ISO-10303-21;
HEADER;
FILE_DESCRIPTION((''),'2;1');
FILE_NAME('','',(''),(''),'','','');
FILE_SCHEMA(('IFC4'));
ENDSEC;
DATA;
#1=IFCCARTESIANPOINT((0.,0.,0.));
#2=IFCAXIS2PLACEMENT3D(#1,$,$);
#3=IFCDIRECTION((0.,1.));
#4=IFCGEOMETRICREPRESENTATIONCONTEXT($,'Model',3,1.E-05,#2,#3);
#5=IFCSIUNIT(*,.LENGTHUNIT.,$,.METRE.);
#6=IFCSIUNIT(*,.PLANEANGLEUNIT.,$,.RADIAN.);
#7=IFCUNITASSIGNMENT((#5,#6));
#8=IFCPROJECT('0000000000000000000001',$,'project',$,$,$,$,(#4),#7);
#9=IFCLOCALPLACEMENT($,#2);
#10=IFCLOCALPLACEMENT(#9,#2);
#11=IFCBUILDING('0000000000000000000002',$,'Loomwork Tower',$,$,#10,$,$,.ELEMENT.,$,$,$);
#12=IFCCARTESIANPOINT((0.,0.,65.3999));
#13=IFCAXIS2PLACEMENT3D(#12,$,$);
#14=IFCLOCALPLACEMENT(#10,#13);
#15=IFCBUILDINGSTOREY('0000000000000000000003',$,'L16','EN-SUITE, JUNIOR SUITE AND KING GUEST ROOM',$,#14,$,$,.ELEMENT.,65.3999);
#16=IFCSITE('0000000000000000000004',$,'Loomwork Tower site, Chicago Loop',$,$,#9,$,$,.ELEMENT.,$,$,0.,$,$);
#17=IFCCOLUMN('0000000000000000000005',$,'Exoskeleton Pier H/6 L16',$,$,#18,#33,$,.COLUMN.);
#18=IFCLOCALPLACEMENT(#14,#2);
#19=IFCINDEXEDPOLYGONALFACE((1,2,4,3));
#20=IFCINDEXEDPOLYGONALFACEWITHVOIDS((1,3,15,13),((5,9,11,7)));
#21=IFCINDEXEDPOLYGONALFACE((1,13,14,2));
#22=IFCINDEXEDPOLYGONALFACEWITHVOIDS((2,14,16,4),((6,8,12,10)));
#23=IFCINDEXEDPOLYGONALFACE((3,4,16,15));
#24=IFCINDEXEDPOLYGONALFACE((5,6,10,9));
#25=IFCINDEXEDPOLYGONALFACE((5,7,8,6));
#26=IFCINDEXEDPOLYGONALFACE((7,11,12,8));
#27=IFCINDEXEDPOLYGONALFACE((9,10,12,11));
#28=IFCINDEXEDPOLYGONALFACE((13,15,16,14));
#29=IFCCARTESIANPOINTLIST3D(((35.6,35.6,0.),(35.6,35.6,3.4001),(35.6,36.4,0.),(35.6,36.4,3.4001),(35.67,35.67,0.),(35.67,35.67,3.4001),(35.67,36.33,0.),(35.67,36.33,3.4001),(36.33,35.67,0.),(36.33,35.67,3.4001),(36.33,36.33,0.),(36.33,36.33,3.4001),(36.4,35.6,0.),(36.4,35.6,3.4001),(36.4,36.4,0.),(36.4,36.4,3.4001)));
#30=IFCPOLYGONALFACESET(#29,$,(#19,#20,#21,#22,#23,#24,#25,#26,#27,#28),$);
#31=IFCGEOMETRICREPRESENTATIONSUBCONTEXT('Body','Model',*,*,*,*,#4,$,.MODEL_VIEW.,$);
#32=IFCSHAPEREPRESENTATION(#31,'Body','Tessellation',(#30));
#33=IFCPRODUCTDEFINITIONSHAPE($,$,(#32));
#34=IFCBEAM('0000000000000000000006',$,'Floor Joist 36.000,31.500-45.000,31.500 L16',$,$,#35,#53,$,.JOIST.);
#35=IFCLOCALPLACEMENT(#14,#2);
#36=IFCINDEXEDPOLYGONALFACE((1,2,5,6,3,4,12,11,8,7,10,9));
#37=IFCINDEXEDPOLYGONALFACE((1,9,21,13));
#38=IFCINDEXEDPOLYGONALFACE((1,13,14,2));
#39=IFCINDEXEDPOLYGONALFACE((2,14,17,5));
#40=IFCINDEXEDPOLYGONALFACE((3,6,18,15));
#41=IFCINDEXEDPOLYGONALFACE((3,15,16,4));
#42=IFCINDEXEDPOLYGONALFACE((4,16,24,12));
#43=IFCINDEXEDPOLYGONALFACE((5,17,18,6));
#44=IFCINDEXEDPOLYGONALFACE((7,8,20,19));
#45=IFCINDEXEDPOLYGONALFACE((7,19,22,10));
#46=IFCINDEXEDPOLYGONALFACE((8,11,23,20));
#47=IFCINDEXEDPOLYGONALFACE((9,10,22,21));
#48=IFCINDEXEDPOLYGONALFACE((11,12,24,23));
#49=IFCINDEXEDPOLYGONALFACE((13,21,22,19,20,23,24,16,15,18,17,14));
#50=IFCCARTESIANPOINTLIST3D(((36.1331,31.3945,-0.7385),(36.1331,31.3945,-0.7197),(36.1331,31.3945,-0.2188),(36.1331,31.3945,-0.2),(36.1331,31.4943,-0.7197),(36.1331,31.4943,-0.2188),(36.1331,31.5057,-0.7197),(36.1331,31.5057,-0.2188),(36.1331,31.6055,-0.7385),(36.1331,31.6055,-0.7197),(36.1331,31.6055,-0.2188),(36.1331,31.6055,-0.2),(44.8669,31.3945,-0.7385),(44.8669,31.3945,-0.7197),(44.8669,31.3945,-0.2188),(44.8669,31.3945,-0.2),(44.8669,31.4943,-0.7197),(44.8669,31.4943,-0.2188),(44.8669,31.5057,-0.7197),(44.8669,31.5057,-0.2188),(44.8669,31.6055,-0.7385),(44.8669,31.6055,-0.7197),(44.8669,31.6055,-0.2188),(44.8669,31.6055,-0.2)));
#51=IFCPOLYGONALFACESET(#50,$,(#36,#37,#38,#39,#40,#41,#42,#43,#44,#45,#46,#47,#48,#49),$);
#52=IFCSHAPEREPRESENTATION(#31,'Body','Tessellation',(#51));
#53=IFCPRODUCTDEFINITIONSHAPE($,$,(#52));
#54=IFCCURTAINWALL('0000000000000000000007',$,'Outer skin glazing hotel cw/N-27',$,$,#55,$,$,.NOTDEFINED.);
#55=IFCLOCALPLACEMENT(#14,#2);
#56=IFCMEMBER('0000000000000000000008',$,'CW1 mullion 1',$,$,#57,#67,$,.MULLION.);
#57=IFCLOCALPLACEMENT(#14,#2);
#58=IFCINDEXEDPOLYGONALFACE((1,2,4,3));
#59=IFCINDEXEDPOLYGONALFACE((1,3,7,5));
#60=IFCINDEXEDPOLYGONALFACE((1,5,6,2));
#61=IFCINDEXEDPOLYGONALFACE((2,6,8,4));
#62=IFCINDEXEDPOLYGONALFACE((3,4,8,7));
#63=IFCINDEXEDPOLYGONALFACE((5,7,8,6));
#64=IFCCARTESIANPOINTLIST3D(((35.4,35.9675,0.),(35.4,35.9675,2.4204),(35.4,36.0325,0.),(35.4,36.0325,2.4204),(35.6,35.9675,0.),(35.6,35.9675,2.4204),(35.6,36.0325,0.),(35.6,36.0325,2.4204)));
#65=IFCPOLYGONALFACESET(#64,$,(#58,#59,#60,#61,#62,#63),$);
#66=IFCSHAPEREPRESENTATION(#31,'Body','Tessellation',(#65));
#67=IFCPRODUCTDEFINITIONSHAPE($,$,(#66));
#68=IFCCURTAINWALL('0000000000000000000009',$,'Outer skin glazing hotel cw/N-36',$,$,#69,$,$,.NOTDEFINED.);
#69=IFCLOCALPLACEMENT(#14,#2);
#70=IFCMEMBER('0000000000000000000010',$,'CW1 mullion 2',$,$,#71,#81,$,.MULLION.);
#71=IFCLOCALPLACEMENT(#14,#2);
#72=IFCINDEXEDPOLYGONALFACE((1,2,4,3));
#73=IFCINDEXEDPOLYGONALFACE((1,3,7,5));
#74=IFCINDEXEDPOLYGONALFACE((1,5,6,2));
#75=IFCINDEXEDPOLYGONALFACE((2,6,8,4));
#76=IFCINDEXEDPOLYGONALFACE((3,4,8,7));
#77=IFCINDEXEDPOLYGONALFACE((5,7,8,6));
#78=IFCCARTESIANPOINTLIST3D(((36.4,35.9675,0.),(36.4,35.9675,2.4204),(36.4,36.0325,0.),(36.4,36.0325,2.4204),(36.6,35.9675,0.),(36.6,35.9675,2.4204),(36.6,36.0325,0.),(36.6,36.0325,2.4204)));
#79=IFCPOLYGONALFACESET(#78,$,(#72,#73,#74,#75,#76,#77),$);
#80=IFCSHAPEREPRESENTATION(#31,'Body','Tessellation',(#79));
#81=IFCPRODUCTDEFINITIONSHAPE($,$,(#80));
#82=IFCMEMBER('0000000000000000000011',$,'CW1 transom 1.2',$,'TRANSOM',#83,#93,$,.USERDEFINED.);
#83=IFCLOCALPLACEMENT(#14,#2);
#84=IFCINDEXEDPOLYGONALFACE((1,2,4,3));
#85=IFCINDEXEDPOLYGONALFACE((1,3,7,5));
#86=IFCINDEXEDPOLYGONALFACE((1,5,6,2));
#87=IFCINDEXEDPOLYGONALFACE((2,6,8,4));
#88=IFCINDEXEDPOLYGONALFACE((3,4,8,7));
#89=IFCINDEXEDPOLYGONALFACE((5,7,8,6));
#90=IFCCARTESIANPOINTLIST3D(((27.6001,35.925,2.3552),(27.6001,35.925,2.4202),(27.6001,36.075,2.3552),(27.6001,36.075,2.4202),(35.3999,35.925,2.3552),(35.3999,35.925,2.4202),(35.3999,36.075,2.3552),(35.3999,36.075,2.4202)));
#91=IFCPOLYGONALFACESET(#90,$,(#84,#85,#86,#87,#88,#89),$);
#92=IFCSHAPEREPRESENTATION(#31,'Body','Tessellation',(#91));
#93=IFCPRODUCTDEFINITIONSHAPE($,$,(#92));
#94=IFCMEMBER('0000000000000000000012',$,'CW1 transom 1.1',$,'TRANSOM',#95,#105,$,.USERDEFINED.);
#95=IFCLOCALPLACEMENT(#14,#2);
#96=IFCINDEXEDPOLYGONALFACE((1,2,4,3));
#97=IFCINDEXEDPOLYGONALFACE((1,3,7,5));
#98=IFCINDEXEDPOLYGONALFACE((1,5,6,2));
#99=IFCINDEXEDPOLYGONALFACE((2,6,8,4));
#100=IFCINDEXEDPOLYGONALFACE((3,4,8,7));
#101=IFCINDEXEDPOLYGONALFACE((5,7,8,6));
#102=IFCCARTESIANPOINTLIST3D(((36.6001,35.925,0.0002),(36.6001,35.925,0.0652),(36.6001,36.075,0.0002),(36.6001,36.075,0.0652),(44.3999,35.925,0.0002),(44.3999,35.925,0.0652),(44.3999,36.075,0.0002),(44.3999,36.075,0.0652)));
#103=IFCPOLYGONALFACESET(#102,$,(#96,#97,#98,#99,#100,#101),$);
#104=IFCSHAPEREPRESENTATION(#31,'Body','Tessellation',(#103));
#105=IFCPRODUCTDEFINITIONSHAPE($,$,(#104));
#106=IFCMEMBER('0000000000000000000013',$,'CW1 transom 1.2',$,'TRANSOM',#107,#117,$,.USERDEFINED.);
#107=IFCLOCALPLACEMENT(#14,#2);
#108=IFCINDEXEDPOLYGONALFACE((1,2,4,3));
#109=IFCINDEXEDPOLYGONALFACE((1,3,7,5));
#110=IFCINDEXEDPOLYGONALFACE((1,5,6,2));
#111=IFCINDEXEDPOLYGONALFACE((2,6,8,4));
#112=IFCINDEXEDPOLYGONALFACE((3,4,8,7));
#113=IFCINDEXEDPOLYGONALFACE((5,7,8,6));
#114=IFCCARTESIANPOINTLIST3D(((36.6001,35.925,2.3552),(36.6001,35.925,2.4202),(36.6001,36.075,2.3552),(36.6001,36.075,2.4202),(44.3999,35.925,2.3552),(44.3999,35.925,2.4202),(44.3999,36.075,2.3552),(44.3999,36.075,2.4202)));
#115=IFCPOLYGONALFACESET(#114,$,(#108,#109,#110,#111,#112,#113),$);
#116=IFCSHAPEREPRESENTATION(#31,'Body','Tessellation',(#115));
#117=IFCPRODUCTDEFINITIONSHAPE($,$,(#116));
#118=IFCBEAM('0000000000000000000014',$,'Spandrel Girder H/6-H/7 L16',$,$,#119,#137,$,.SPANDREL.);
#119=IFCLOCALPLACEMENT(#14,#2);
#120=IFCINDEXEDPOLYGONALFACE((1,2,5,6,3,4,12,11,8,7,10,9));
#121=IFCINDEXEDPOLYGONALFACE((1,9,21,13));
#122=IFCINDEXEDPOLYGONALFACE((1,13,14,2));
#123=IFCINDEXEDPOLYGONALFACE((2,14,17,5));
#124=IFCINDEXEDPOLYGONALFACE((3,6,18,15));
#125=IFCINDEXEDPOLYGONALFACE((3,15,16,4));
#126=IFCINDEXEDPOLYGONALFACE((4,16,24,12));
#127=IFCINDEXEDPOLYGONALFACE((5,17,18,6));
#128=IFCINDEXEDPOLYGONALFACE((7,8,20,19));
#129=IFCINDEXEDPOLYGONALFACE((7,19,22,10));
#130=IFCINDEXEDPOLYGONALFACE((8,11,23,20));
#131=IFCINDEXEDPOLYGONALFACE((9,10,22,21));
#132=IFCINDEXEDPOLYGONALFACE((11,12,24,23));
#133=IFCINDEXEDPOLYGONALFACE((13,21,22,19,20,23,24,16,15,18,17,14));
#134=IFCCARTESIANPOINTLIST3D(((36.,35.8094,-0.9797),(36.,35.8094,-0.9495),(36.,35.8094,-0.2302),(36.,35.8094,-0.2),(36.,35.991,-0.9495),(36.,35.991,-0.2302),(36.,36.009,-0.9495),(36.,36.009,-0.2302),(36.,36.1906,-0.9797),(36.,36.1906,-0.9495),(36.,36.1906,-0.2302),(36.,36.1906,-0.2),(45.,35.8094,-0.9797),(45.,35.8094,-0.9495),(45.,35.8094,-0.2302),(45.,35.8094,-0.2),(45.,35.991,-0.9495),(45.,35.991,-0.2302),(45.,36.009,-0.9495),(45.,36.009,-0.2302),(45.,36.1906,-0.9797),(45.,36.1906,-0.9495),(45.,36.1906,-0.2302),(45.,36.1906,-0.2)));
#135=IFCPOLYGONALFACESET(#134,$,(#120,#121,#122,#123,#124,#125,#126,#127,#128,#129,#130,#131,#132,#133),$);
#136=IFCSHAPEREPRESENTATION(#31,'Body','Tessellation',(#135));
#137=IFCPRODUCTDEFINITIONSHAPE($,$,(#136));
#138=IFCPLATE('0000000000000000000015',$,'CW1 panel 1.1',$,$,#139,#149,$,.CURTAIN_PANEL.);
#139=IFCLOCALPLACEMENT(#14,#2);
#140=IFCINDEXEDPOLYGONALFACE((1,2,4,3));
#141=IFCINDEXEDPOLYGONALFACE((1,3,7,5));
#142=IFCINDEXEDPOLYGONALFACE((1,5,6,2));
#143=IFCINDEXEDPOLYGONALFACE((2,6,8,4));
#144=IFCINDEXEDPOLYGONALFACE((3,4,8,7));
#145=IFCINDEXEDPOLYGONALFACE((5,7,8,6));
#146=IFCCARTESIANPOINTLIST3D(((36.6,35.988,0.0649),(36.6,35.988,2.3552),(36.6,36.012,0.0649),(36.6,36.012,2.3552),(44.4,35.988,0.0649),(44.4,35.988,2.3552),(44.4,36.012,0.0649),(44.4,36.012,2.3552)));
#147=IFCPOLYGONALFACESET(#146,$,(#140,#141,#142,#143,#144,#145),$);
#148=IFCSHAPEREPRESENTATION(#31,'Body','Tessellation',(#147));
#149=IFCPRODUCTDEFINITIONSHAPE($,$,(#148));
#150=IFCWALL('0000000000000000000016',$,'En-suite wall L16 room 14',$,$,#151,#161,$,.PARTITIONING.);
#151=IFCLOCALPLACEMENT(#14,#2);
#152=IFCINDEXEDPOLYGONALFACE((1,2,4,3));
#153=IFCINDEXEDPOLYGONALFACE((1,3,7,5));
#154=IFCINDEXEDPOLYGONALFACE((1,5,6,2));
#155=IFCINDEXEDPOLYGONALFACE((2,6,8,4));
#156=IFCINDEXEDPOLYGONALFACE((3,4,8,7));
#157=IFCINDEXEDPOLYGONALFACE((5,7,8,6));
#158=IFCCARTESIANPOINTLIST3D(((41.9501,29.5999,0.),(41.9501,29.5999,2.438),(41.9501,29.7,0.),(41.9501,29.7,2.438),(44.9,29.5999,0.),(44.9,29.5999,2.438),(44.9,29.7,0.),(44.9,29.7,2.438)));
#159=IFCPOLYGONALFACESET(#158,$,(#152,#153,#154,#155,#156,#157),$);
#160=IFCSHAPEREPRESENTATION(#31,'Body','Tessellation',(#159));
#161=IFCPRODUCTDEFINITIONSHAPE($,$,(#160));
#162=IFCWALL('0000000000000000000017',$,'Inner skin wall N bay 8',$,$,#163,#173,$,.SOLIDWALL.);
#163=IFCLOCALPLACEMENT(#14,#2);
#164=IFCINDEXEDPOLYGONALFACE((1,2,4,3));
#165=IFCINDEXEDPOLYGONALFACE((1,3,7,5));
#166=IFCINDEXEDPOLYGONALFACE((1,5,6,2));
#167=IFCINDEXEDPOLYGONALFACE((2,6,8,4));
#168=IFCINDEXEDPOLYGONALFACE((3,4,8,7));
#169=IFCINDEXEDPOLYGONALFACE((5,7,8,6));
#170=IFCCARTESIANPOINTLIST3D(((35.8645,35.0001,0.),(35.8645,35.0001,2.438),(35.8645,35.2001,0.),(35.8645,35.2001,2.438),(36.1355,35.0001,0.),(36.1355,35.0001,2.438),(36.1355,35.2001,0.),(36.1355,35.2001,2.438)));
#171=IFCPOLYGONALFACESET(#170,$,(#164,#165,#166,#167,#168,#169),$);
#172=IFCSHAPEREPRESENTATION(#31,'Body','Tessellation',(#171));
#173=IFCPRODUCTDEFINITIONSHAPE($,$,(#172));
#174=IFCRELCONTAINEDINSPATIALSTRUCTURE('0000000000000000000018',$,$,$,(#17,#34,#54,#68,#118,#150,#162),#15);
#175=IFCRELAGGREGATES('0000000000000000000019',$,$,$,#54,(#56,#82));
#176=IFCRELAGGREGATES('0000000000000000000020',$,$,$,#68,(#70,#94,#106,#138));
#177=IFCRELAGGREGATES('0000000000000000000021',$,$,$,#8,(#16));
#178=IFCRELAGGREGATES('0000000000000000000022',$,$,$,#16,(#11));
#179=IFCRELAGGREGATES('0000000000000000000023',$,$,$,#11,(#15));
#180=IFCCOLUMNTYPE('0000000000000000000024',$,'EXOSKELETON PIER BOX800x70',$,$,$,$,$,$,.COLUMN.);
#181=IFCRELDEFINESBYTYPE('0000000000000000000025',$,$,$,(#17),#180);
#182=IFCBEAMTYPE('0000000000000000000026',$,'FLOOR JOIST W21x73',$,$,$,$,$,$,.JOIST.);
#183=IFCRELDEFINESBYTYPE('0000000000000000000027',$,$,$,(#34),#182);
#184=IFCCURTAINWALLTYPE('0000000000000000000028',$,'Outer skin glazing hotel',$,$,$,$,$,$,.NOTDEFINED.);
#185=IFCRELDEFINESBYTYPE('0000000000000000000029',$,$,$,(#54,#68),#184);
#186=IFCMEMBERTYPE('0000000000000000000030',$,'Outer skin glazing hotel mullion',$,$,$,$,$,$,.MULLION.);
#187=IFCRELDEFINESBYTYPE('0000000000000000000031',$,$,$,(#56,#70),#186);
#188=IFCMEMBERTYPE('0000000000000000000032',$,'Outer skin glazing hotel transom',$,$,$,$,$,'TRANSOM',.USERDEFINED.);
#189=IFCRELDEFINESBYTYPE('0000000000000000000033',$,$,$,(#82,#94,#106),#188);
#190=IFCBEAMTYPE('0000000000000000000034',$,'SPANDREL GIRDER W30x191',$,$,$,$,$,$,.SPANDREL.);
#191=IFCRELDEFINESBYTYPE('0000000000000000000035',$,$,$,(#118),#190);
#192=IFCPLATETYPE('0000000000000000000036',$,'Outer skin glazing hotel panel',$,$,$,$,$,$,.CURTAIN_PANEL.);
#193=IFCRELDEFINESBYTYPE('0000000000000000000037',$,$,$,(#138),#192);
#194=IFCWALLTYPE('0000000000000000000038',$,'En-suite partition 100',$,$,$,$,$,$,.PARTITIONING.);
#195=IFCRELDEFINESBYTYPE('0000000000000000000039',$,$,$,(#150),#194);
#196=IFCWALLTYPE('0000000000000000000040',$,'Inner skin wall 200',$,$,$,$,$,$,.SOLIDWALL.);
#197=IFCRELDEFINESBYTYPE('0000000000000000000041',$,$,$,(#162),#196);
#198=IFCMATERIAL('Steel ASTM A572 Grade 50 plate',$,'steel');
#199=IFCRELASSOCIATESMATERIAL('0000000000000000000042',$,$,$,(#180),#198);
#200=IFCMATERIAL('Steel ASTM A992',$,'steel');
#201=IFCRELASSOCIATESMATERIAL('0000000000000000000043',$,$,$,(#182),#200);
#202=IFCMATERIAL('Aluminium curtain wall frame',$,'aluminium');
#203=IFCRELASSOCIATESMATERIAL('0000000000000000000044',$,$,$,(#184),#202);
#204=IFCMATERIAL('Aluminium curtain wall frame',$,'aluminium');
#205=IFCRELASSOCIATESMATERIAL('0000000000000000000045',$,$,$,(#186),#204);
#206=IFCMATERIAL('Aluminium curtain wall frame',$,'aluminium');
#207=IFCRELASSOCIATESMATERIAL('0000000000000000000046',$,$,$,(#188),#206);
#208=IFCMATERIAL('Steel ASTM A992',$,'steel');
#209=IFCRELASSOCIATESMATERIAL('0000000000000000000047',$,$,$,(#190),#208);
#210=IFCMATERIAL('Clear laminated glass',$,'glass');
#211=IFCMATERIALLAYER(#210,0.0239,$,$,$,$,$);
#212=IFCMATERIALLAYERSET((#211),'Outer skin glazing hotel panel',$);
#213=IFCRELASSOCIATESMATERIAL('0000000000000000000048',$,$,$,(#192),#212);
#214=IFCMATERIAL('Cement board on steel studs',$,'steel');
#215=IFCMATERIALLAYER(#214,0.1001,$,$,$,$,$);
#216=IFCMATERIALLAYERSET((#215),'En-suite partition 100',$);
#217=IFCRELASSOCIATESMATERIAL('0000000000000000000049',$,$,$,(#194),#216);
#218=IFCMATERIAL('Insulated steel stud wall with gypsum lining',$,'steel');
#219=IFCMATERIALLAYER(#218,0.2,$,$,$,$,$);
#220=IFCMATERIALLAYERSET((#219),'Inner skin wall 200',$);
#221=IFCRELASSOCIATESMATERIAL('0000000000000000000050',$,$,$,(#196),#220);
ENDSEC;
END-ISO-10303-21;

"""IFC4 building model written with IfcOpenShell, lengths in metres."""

from ifc_helpers import new_model, si_unit, direction, frame, frame_2d, origin, origin_2d, place, context, subcontext, project, spatial, rectangle, hollow_rectangle, i_section, extrude, material, layer, layer_set, material_profile, profile_set, type_object, element, aggregate, save


model = new_model("IFC4")

# Units and contexts
model_context = context("Model", 3, precision=1e-05, world=origin(), true_north=direction((0.0, 1.0)))
body_context = subcontext(model_context, "Body", "Model", "MODEL_VIEW")
ifc_project = project(units=[si_unit("LENGTHUNIT", "METRE"), si_unit("PLANEANGLEUNIT", "RADIAN")], contexts=[model_context])

# Site, building, storey
site_placement = place(None, origin())
site = spatial("IfcSite", under=ifc_project, at=site_placement, Name="Loomwork Tower site, Chicago Loop", CompositionType="ELEMENT", RefElevation=0.0)
building_placement = place(site_placement, origin())
building = spatial("IfcBuilding", under=site, at=building_placement, Name="Loomwork Tower", CompositionType="ELEMENT")
storey_placement = place(building_placement, frame((0.0, 0.0, 65.3999)))
storey = spatial("IfcBuildingStorey", under=building, at=storey_placement, Name="L16", Description="EN-SUITE, JUNIOR SUITE AND KING GUEST ROOM", CompositionType="ELEMENT", Elevation=65.3999)

# Column
ifc_material_1 = material(Name="Steel ASTM A572 Grade 50 plate", Category="steel")
ifc_material_profile_1 = material_profile(ifc_material_1, hollow_rectangle(XDim=0.8, YDim=0.8, WallThickness=0.0701, at=origin_2d()), Name="BOX800x70")
ifc_profile_set_1 = profile_set([ifc_material_profile_1], Name="Steel ASTM A572 Grade 50 plate")
column_type = type_object("IfcColumnType", Name="EXOSKELETON PIER BOX800x70", PredefinedType="COLUMN", material=ifc_profile_set_1)
column_placement = place(storey_placement, frame((36.0, 36.0, 0.0), z_axis=(0.0, 0.0, 1.0), x_axis=(1.0, 0.0, 0.0)))
element("IfcColumn", 1, at=column_placement, inside=storey, type_object=column_type, Name="Exoskeleton Pier H/6 L16", PredefinedType="COLUMN", context=body_context, shape_type="SweptSolid", body=[
    extrude(hollow_rectangle(XDim=0.8, YDim=0.8, WallThickness=0.0701, at=origin_2d()), origin(), (0.0, 0.0, 1.0), 3.4001),
])

# Beam
ifc_material_2 = material(Name="Steel ASTM A992", Category="steel")
ifc_material_profile_2 = material_profile(ifc_material_2, i_section(OverallWidth=0.2109, OverallDepth=0.5386, WebThickness=0.0115, FlangeThickness=0.0188, at=origin_2d()), Name="W21x73")
ifc_profile_set_2 = profile_set([ifc_material_profile_2], Name="Steel ASTM A992")
beam_type_1 = type_object("IfcBeamType", Name="FLOOR JOIST W21x73", PredefinedType="JOIST", material=ifc_profile_set_2)
beam_1_placement = place(storey_placement, frame((36.1331, 31.5, -0.4692), z_axis=(1.0, 0.0, 0.0), x_axis=(0.0, 1.0, 0.0)))
element("IfcBeam", 2, at=beam_1_placement, inside=storey, type_object=beam_type_1, Name="Floor Joist 36.000,31.500-45.000,31.500 L16", PredefinedType="JOIST", context=body_context, shape_type="SweptSolid", body=[
    extrude(i_section(OverallWidth=0.2109, OverallDepth=0.5386, WebThickness=0.0115, FlangeThickness=0.0188, at=origin_2d()), origin(), (0.0, 0.0, 1.0), 8.7339),
])

# Curtain walls, members
ifc_material_3 = material(Name="Aluminium curtain wall frame", Category="aluminium")
curtain_wall_type = type_object("IfcCurtainWallType", Name="Outer skin glazing hotel", PredefinedType="NOTDEFINED", material=ifc_material_3)
curtain_wall_1_placement = place(storey_placement, origin())
curtain_wall_1 = element("IfcCurtainWall", 3, at=curtain_wall_1_placement, inside=storey, type_object=curtain_wall_type, Name="Outer skin glazing hotel cw/N-27", PredefinedType="NOTDEFINED")
ifc_material_4 = material(Name="Aluminium curtain wall frame", Category="aluminium")
ifc_material_profile_3 = material_profile(ifc_material_4, rectangle(XDim=0.0649, YDim=0.2, at=origin_2d()), Name="AL 65x200")
ifc_profile_set_3 = profile_set([ifc_material_profile_3], Name="Aluminium curtain wall frame")
member_type_1 = type_object("IfcMemberType", Name="Outer skin glazing hotel mullion", PredefinedType="MULLION", material=ifc_profile_set_3)
member_1_placement = place(storey_placement, frame((35.5, 36.0, 0.0), z_axis=(0.0, 0.0, 1.0), x_axis=(0.0, -1.0, 0.0)))
member_1 = element("IfcMember", 4, at=member_1_placement, type_object=member_type_1, Name="CW1 mullion 1", PredefinedType="MULLION", context=body_context, shape_type="SweptSolid", body=[
    extrude(rectangle(XDim=0.0649, YDim=0.2, at=origin_2d()), origin(), (0.0, 0.0, 1.0), 2.4204),
])
curtain_wall_2_placement = place(storey_placement, origin())
curtain_wall_2 = element("IfcCurtainWall", 5, at=curtain_wall_2_placement, inside=storey, type_object=curtain_wall_type, Name="Outer skin glazing hotel cw/N-36", PredefinedType="NOTDEFINED")
member_2_placement = place(storey_placement, frame((36.5, 36.0, 0.0), z_axis=(0.0, 0.0, 1.0), x_axis=(0.0, -1.0, 0.0)))
member_2 = element("IfcMember", 6, at=member_2_placement, type_object=member_type_1, Name="CW1 mullion 2", PredefinedType="MULLION", context=body_context, shape_type="SweptSolid", body=[
    extrude(rectangle(XDim=0.0649, YDim=0.2, at=origin_2d()), origin(), (0.0, 0.0, 1.0), 2.4204),
])

# Members
ifc_material_5 = material(Name="Aluminium curtain wall frame", Category="aluminium")
ifc_material_profile_4 = material_profile(ifc_material_5, rectangle(XDim=0.1499, YDim=0.0649, at=origin_2d()), Name="AL 65x150")
ifc_profile_set_4 = profile_set([ifc_material_profile_4], Name="Aluminium curtain wall frame")
member_type_2 = type_object("IfcMemberType", Name="Outer skin glazing hotel transom", ElementType="TRANSOM", PredefinedType="USERDEFINED", material=ifc_profile_set_4)
member_3_placement = place(storey_placement, frame((35.3999, 36.0, 2.3877), z_axis=(-1.0, 0.0, 0.0), x_axis=(0.0, -1.0, 0.0)))
member_3 = element("IfcMember", 7, at=member_3_placement, type_object=member_type_2, Name="CW1 transom 1.2", ObjectType="TRANSOM", PredefinedType="USERDEFINED", context=body_context, shape_type="SweptSolid", body=[
    extrude(rectangle(XDim=0.1499, YDim=0.0649, at=origin_2d()), origin(), (0.0, 0.0, 1.0), 7.7998),
])
aggregate(curtain_wall_1, [member_1, member_3])
member_4_placement = place(storey_placement, frame((44.3999, 36.0, 0.0327), z_axis=(-1.0, 0.0, 0.0), x_axis=(0.0, -1.0, 0.0)))
member_4 = element("IfcMember", 8, at=member_4_placement, type_object=member_type_2, Name="CW1 transom 1.1", ObjectType="TRANSOM", PredefinedType="USERDEFINED", context=body_context, shape_type="SweptSolid", body=[
    extrude(rectangle(XDim=0.1499, YDim=0.0649, at=origin_2d()), origin(), (0.0, 0.0, 1.0), 7.7998),
])
member_5_placement = place(storey_placement, frame((44.3999, 36.0, 2.3877), z_axis=(-1.0, 0.0, 0.0), x_axis=(0.0, -1.0, 0.0)))
member_5 = element("IfcMember", 9, at=member_5_placement, type_object=member_type_2, Name="CW1 transom 1.2", ObjectType="TRANSOM", PredefinedType="USERDEFINED", context=body_context, shape_type="SweptSolid", body=[
    extrude(rectangle(XDim=0.1499, YDim=0.0649, at=origin_2d()), origin(), (0.0, 0.0, 1.0), 7.7998),
])

# Beam
ifc_material_6 = material(Name="Steel ASTM A992", Category="steel")
ifc_material_profile_5 = material_profile(ifc_material_6, i_section(OverallWidth=0.3811, OverallDepth=0.7798, WebThickness=0.0181, FlangeThickness=0.0303, at=origin_2d()), Name="W30x191")
ifc_profile_set_5 = profile_set([ifc_material_profile_5], Name="Steel ASTM A992")
beam_type_2 = type_object("IfcBeamType", Name="SPANDREL GIRDER W30x191", PredefinedType="SPANDREL", material=ifc_profile_set_5)
beam_2_placement = place(storey_placement, frame((36.0, 36.0, -0.5898), z_axis=(1.0, 0.0, 0.0), x_axis=(0.0, 1.0, 0.0)))
element("IfcBeam", 10, at=beam_2_placement, inside=storey, type_object=beam_type_2, Name="Spandrel Girder H/6-H/7 L16", PredefinedType="SPANDREL", context=body_context, shape_type="SweptSolid", body=[
    extrude(i_section(OverallWidth=0.3811, OverallDepth=0.7798, WebThickness=0.0181, FlangeThickness=0.0303, at=origin_2d()), origin(), (0.0, 0.0, 1.0), 9.0),
])

# Plate
ifc_material_7 = material(Name="Clear laminated glass", Category="glass")
ifc_layer_1 = layer(ifc_material_7, 0.0239)
ifc_layer_set_1 = layer_set([ifc_layer_1], Name="Outer skin glazing hotel panel")
plate_type = type_object("IfcPlateType", Name="Outer skin glazing hotel panel", PredefinedType="CURTAIN_PANEL", material=ifc_layer_set_1)
plate_placement = place(storey_placement, frame((40.5, 36.0, 0.0649), z_axis=(0.0, 0.0, 1.0), x_axis=(-1.0, 0.0, 0.0)))
plate = element("IfcPlate", 11, at=plate_placement, type_object=plate_type, Name="CW1 panel 1.1", PredefinedType="CURTAIN_PANEL", context=body_context, shape_type="SweptSolid", body=[
    extrude(rectangle(XDim=7.8, YDim=0.0239, at=origin_2d()), origin(), (0.0, 0.0, 1.0), 2.2903),
])
aggregate(curtain_wall_2, [member_2, member_4, member_5, plate])

# Walls
ifc_material_8 = material(Name="Cement board on steel studs", Category="steel")
ifc_layer_2 = layer(ifc_material_8, 0.1001)
ifc_layer_set_2 = layer_set([ifc_layer_2], Name="En-suite partition 100")
wall_type_1 = type_object("IfcWallType", Name="En-suite partition 100", PredefinedType="PARTITIONING", material=ifc_layer_set_2)
wall_1_placement = place(storey_placement, frame((41.95, 29.6499, 0.0), z_axis=(0.0, 0.0, 1.0), x_axis=(1.0, 0.0, 0.0)))
element("IfcWall", 12, at=wall_1_placement, inside=storey, type_object=wall_type_1, Name="En-suite wall L16 room 14", PredefinedType="PARTITIONING", context=body_context, shape_type="SweptSolid", body=[
    extrude(rectangle(XDim=2.95, YDim=0.1001, at=frame_2d((1.4751, 0.0))), origin(), (0.0, 0.0, 1.0), 2.438),
])
ifc_material_9 = material(Name="Insulated steel stud wall with gypsum lining", Category="steel")
ifc_layer_3 = layer(ifc_material_9, 0.2)
ifc_layer_set_3 = layer_set([ifc_layer_3], Name="Inner skin wall 200")
wall_type_2 = type_object("IfcWallType", Name="Inner skin wall 200", PredefinedType="SOLIDWALL", material=ifc_layer_set_3)
wall_2_placement = place(storey_placement, frame((35.8645, 35.1001, 0.0), z_axis=(0.0, 0.0, 1.0), x_axis=(1.0, 0.0, 0.0)))
element("IfcWall", 13, at=wall_2_placement, inside=storey, type_object=wall_type_2, Name="Inner skin wall N bay 8", PredefinedType="SOLIDWALL", context=body_context, shape_type="SweptSolid", body=[
    extrude(rectangle(XDim=0.271, YDim=0.2, at=frame_2d((0.1355, 0.0))), origin(), (0.0, 0.0, 1.0), 2.438),
])

save(model, "model.ifc")
